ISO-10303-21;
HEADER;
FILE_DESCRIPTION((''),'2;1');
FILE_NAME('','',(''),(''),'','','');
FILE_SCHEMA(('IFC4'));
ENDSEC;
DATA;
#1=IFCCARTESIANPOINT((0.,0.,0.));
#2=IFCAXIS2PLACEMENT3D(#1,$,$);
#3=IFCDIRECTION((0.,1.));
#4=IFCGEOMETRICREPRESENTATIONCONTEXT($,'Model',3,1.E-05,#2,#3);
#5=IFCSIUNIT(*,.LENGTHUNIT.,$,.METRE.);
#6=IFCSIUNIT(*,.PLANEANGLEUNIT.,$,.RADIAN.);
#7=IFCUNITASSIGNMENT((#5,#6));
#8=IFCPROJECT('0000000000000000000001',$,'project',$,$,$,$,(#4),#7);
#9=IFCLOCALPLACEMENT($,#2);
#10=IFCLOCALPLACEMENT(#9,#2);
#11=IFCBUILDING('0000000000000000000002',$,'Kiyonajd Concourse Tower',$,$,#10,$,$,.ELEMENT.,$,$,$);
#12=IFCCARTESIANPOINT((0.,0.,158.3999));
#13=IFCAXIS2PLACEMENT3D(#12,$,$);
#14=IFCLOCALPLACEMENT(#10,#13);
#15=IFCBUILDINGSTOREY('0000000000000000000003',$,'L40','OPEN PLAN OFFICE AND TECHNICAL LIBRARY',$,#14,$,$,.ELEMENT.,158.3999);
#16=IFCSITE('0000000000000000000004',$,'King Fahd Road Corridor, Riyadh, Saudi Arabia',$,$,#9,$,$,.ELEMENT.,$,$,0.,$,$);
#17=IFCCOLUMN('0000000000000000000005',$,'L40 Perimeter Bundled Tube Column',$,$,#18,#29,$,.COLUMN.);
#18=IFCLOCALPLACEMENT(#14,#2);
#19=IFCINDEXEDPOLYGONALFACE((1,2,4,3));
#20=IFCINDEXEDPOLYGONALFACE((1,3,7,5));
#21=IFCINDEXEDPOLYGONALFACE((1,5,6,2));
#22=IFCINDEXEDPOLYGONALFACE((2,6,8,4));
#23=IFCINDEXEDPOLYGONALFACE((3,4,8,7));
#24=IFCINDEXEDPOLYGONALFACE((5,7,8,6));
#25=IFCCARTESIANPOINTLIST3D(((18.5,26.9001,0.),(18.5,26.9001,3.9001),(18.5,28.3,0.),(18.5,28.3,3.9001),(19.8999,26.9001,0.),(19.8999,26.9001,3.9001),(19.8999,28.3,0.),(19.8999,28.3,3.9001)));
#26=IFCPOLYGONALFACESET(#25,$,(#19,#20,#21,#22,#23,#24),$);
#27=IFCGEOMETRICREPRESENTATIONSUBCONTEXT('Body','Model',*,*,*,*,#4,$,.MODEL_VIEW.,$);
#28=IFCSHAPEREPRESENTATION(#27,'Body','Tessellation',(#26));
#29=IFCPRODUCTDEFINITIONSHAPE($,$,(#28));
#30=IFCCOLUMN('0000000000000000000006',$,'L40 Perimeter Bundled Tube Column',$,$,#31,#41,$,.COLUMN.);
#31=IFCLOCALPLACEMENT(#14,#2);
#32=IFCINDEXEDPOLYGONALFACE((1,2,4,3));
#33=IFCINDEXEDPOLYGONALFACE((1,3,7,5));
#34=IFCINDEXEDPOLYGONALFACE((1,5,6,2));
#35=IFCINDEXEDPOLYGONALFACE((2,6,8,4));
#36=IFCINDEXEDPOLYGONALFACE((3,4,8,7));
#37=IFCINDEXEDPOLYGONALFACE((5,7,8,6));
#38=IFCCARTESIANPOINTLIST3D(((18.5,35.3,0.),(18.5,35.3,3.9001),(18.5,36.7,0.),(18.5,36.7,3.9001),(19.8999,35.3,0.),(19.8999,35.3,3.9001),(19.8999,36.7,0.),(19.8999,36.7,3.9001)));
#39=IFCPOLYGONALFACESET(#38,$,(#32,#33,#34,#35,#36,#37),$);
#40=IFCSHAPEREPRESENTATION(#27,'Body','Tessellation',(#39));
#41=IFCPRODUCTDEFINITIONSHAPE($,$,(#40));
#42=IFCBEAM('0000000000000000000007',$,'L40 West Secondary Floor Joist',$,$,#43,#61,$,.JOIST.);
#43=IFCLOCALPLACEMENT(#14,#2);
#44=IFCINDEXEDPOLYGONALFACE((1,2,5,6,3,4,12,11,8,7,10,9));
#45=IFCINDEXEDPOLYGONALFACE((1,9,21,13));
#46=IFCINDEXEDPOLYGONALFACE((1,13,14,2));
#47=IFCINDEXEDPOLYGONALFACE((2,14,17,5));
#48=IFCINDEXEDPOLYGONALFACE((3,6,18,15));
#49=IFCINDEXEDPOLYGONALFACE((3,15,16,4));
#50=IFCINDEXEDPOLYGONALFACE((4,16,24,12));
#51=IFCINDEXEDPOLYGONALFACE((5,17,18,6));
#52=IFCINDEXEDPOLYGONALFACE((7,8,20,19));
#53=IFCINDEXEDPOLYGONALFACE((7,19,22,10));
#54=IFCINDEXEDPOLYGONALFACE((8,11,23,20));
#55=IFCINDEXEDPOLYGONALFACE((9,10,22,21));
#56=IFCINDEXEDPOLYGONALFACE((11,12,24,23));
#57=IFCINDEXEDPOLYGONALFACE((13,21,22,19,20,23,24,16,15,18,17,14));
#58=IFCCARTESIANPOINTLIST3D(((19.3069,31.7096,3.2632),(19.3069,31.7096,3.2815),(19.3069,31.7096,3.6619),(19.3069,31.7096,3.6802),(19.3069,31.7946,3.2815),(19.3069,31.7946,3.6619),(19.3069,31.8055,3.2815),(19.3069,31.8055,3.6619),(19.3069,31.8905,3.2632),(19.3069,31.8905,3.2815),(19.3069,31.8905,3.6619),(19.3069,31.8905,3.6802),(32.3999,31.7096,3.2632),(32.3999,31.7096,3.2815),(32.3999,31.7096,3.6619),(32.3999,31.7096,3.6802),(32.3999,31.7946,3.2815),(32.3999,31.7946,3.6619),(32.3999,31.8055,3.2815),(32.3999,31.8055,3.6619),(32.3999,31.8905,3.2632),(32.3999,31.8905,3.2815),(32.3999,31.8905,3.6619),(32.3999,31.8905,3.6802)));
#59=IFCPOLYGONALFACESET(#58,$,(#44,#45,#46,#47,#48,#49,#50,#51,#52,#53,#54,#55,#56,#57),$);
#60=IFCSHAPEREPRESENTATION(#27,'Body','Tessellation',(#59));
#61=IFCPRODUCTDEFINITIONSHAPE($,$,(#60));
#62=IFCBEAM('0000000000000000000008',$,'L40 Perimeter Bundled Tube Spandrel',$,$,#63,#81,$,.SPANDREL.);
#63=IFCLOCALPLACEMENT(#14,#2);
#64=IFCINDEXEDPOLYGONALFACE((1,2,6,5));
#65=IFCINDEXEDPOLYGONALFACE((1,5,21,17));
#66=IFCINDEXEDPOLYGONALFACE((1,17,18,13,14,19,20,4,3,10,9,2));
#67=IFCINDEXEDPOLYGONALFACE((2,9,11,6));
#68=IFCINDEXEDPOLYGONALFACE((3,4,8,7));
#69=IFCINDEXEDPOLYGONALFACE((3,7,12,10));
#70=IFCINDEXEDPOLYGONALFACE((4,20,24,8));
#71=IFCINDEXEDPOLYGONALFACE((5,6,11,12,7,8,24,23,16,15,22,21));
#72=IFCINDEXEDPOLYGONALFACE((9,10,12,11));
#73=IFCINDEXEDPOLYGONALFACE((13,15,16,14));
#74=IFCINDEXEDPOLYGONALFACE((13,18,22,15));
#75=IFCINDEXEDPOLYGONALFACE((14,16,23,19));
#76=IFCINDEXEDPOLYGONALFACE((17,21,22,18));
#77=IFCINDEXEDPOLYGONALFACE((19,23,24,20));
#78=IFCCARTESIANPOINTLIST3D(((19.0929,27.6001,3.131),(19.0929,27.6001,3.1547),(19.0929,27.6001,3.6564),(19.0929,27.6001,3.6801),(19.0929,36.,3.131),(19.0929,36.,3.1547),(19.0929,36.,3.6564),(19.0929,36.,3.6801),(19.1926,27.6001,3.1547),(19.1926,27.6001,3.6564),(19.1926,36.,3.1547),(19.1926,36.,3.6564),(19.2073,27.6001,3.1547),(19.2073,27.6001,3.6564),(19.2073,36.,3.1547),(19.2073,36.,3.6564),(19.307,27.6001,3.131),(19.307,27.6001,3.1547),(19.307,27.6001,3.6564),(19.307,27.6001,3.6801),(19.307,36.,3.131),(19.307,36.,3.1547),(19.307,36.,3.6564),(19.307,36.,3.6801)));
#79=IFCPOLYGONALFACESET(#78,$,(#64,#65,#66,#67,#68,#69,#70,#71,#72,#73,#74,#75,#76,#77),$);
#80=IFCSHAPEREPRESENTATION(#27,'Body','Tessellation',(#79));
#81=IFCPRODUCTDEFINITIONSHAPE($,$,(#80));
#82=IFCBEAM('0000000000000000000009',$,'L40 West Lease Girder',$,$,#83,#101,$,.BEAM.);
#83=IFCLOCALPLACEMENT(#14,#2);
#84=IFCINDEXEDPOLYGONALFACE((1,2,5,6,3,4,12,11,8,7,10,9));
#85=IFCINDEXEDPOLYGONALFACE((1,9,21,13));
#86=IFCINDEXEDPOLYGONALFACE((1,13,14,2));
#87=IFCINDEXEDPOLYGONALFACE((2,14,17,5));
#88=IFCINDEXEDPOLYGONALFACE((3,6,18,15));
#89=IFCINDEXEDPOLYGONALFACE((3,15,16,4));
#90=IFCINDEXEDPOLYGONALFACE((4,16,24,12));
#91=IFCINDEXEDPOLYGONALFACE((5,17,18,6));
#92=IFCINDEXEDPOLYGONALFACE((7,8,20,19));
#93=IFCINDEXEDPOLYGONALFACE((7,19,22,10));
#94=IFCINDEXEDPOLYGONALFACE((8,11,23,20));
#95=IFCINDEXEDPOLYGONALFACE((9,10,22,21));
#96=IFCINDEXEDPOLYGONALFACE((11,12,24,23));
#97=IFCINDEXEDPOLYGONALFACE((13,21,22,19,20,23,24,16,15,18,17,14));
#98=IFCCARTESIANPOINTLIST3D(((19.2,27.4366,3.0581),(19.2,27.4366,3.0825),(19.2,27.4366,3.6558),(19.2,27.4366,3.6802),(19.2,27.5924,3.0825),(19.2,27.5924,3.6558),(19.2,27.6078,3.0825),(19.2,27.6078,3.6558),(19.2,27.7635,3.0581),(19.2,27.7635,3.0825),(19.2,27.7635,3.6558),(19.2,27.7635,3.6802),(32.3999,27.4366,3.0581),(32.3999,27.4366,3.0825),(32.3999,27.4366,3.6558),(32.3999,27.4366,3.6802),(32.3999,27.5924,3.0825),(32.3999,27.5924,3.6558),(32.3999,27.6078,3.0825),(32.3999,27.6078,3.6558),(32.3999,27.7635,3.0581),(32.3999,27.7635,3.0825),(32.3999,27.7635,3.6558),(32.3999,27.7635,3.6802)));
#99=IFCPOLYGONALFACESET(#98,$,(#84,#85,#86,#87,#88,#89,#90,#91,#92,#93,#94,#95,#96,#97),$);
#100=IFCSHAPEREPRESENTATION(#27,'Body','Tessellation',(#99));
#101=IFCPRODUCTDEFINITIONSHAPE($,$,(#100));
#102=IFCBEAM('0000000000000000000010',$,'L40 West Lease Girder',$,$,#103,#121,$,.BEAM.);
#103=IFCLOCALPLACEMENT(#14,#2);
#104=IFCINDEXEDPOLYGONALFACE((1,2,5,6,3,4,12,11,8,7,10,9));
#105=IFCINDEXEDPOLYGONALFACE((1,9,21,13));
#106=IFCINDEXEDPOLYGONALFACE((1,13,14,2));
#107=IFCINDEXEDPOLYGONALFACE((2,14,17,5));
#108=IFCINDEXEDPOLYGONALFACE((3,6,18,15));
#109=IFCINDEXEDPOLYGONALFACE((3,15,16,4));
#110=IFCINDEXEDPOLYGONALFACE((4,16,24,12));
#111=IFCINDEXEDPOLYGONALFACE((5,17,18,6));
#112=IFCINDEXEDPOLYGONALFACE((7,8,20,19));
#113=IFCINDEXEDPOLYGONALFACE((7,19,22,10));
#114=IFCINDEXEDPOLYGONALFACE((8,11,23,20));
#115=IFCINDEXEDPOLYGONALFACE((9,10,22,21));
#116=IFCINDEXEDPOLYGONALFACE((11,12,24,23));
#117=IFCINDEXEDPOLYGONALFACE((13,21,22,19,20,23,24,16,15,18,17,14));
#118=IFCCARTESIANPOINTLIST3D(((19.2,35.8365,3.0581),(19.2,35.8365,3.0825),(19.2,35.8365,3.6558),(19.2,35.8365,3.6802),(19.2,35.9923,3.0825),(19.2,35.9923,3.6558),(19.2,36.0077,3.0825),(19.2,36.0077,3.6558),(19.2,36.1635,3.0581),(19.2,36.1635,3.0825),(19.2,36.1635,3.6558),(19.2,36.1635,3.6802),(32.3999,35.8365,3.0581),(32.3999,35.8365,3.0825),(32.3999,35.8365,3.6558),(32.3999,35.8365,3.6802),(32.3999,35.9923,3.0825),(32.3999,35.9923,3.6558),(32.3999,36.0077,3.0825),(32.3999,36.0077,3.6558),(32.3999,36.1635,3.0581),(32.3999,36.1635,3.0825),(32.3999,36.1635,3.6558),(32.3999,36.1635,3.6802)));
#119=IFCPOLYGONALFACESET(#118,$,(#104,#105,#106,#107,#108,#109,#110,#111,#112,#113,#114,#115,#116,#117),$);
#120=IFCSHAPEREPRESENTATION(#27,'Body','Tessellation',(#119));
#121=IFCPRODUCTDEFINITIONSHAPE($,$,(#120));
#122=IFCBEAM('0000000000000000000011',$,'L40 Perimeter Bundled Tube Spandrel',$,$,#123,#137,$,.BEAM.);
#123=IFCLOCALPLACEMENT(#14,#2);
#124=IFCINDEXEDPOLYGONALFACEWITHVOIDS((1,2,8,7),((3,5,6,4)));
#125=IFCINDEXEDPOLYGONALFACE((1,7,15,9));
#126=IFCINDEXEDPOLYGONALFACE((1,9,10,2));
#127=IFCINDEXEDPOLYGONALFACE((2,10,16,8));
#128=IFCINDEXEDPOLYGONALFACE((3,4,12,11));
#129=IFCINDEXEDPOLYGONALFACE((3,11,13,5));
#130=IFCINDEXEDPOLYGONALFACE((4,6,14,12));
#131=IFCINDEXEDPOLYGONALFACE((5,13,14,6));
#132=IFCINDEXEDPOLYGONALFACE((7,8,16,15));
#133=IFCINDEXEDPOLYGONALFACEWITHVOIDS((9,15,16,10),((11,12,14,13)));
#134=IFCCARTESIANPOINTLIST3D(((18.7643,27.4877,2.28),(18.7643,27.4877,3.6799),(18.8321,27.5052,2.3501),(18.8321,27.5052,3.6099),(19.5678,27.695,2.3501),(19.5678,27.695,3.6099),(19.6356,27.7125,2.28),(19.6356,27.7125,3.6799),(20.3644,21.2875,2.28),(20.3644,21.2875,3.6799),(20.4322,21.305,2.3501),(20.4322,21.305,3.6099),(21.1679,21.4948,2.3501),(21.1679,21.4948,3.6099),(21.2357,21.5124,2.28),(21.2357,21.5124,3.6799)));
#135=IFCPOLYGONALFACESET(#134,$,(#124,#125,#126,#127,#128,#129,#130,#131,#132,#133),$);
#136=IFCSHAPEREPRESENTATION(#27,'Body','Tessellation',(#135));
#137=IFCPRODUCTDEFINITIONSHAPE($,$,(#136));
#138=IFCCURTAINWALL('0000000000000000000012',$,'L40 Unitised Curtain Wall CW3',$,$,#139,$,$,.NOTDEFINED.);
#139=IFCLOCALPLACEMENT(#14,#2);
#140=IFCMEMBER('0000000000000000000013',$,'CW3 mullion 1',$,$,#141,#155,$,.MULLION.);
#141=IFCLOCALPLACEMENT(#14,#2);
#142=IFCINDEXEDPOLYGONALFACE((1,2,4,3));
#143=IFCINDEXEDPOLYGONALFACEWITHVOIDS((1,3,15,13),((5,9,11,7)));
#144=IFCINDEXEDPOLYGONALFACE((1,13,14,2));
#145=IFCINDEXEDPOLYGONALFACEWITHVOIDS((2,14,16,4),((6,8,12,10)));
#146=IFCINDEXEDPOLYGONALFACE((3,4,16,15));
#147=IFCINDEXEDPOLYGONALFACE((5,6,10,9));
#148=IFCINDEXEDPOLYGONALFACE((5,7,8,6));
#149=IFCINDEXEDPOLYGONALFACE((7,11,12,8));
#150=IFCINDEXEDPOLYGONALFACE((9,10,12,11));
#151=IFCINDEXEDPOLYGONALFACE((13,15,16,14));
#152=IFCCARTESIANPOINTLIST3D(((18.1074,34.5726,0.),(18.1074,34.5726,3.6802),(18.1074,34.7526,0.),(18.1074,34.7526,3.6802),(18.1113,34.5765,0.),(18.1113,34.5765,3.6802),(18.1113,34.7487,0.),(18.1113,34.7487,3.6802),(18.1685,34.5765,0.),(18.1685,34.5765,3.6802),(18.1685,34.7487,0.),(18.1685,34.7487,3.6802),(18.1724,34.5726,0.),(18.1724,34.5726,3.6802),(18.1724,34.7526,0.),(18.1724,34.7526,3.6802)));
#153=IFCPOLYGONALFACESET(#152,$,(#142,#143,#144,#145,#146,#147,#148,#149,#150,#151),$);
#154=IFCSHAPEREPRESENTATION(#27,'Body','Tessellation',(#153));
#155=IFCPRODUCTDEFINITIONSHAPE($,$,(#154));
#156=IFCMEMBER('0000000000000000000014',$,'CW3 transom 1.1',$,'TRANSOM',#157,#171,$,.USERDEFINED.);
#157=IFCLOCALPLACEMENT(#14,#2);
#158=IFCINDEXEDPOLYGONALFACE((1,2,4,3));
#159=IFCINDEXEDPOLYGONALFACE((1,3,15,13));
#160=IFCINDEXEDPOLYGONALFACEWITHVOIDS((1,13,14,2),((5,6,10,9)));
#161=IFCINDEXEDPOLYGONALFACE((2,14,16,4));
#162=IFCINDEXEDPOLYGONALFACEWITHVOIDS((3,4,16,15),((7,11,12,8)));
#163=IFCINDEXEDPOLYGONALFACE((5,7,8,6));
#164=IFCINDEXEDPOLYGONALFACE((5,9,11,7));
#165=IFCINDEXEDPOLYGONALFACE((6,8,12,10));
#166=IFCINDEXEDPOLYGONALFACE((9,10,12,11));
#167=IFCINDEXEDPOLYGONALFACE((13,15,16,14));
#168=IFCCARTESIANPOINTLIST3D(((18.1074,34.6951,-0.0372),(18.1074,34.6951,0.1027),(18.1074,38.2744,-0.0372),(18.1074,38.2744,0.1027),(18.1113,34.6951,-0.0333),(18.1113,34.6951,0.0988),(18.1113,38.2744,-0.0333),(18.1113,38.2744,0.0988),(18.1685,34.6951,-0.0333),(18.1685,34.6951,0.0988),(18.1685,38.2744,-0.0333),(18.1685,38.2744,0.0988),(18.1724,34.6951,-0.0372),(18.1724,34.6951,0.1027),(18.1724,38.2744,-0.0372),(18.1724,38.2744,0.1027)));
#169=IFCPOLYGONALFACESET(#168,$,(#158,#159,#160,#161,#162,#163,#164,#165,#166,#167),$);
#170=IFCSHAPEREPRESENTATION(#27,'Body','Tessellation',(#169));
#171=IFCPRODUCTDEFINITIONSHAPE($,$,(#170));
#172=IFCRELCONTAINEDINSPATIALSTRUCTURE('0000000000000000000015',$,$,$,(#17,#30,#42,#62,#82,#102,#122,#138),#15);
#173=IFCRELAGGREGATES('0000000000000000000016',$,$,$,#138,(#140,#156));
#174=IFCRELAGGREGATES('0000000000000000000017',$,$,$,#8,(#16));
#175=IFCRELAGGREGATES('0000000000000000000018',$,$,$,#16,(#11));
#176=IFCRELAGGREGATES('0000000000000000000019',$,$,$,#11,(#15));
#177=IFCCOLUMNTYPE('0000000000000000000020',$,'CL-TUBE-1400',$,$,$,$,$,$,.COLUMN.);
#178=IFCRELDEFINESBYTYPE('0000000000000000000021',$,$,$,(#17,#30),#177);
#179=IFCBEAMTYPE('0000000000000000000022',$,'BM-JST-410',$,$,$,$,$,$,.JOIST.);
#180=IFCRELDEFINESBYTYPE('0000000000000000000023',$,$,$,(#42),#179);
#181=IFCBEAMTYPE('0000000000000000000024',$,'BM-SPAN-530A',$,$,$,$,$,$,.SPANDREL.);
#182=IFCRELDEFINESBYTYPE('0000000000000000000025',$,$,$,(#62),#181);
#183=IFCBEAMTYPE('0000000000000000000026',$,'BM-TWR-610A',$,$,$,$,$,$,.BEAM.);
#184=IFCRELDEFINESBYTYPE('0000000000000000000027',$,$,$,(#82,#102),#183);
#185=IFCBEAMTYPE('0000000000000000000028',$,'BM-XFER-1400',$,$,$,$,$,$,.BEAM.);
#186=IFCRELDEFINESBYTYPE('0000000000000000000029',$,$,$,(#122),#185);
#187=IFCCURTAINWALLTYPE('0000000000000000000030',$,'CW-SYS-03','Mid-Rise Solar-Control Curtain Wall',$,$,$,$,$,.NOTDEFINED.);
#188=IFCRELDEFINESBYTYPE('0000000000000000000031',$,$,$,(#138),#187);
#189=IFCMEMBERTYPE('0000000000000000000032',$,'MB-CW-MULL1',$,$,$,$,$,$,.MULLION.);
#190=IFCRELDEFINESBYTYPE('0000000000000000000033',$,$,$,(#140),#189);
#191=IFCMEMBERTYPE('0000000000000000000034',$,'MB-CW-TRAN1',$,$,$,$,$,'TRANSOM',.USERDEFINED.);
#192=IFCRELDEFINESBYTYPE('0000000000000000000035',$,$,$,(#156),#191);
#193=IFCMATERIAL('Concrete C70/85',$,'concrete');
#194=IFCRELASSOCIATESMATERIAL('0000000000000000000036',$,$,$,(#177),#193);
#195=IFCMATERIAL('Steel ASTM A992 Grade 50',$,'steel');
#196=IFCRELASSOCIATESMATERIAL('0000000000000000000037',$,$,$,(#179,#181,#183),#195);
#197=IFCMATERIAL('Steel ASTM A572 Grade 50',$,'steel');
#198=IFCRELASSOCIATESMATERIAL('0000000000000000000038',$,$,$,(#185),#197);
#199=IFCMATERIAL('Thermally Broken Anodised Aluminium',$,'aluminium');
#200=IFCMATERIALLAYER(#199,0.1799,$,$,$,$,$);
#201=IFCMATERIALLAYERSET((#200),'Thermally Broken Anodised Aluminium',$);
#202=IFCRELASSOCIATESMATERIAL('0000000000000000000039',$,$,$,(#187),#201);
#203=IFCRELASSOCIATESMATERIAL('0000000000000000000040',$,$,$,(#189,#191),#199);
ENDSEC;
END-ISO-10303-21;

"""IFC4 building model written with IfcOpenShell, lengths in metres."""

from ifc_helpers import new_model, si_unit, direction, frame, origin, origin_2d, place, context, subcontext, project, spatial, rectangle, hollow_rectangle, i_section, extrude, material, layer, layer_set, material_profile, profile_set, type_object, element, aggregate, save


model = new_model("IFC4")

# Units and contexts
model_context = context("Model", 3, precision=1e-05, world=origin(), true_north=direction((0.0, 1.0)))
body_context = subcontext(model_context, "Body", "Model", "MODEL_VIEW")
ifc_project = project(units=[si_unit("LENGTHUNIT", "METRE"), si_unit("PLANEANGLEUNIT", "RADIAN")], contexts=[model_context])

# Site, building, storey
site_placement = place(None, origin())
site = spatial("IfcSite", under=ifc_project, at=site_placement, Name="King Fahd Road Corridor, Riyadh, Saudi Arabia", CompositionType="ELEMENT", RefElevation=0.0)
building_placement = place(site_placement, origin())
building = spatial("IfcBuilding", under=site, at=building_placement, Name="Kiyonajd Concourse Tower", CompositionType="ELEMENT")
storey_placement = place(building_placement, frame((0.0, 0.0, 158.3999)))
storey = spatial("IfcBuildingStorey", under=building, at=storey_placement, Name="L40", Description="OPEN PLAN OFFICE AND TECHNICAL LIBRARY", CompositionType="ELEMENT", Elevation=158.3999)

# Columns
ifc_material_1 = material(Name="Concrete C70/85", Category="concrete")
ifc_material_profile_1 = material_profile(ifc_material_1, rectangle(XDim=1.3999, YDim=1.3999, at=origin_2d()), Name="RC-1400x1400")
ifc_profile_set_1 = profile_set([ifc_material_profile_1], Name="Concrete C70/85")
column_type = type_object("IfcColumnType", Name="CL-TUBE-1400", PredefinedType="COLUMN", material=ifc_profile_set_1)
for number, where, z_axis, x_axis, name in (
    (1, (19.2, 27.6001, 0.0), (0.0, 0.0, 1.0), (1.0, 0.0, 0.0), "L40 Perimeter Bundled Tube Column"),
    (2, (19.2, 36.0, 0.0), (0.0, 0.0, 1.0), (1.0, 0.0, 0.0), "L40 Perimeter Bundled Tube Column"),
):
    element("IfcColumn", number, at=place(storey_placement, frame(where, z_axis=z_axis, x_axis=x_axis)), inside=storey, type_object=column_type, Name=name, PredefinedType="COLUMN", context=body_context, shape_type="SweptSolid", body=[
        extrude(rectangle(XDim=1.3999, YDim=1.3999, at=origin_2d()), origin(), (0.0, 0.0, 1.0), 3.9001),
    ])

# Beams
ifc_material_2 = material(Name="Steel ASTM A992 Grade 50", Category="steel")
ifc_material_profile_2 = material_profile(ifc_material_2, i_section(OverallWidth=0.1809, OverallDepth=0.417, WebThickness=0.011, FlangeThickness=0.0183, at=origin_2d()), Name="W410X85")
ifc_profile_set_2 = profile_set([ifc_material_profile_2], Name="Steel ASTM A992 Grade 50")
beam_type_1 = type_object("IfcBeamType", Name="BM-JST-410", PredefinedType="JOIST", material=ifc_profile_set_2)
beam_1_placement = place(storey_placement, frame((19.3069, 31.8, 3.4717), z_axis=(1.0, 0.0, 0.0), x_axis=(0.0, 1.0, 0.0)))
element("IfcBeam", 3, at=beam_1_placement, inside=storey, type_object=beam_type_1, Name="L40 West Secondary Floor Joist", PredefinedType="JOIST", context=body_context, shape_type="SweptSolid", body=[
    extrude(i_section(OverallWidth=0.1809, OverallDepth=0.417, WebThickness=0.011, FlangeThickness=0.0183, at=origin_2d()), origin(), (0.0, 0.0, 1.0), 13.093),
])
ifc_material_profile_3 = material_profile(ifc_material_2, i_section(OverallWidth=0.2141, OverallDepth=0.5491, WebThickness=0.0146, FlangeThickness=0.0237, at=origin_2d()), Name="W530X138")
ifc_profile_set_3 = profile_set([ifc_material_profile_3], Name="Steel ASTM A992 Grade 50")
beam_type_2 = type_object("IfcBeamType", Name="BM-SPAN-530A", PredefinedType="SPANDREL", material=ifc_profile_set_3)
beam_2_placement = place(storey_placement, frame((19.2, 36.0, 3.4055), z_axis=(0.0, -1.0, 0.0), x_axis=(1.0, 0.0, 0.0)))
element("IfcBeam", 4, at=beam_2_placement, inside=storey, type_object=beam_type_2, Name="L40 Perimeter Bundled Tube Spandrel", PredefinedType="SPANDREL", context=body_context, shape_type="SweptSolid", body=[
    extrude(i_section(OverallWidth=0.2141, OverallDepth=0.5491, WebThickness=0.0146, FlangeThickness=0.0237, at=origin_2d()), origin(), (0.0, 0.0, 1.0), 8.3999),
])
ifc_material_profile_4 = material_profile(ifc_material_2, i_section(OverallWidth=0.3269, OverallDepth=0.6221, WebThickness=0.0154, FlangeThickness=0.0244, at=origin_2d()), Name="W610X195")
ifc_profile_set_4 = profile_set([ifc_material_profile_4], Name="Steel ASTM A992 Grade 50")
beam_type_3 = type_object("IfcBeamType", Name="BM-TWR-610A", PredefinedType="BEAM", material=ifc_profile_set_4)
for number, where, z_axis, x_axis, name in (
    (5, (19.2, 27.6001, 3.3691), (1.0, 0.0, 0.0), (0.0, 1.0, 0.0), "L40 West Lease Girder"),
    (6, (19.2, 36.0, 3.3691), (1.0, 0.0, 0.0), (0.0, 1.0, 0.0), "L40 West Lease Girder"),
):
    element("IfcBeam", number, at=place(storey_placement, frame(where, z_axis=z_axis, x_axis=x_axis)), inside=storey, type_object=beam_type_3, Name=name, PredefinedType="BEAM", context=body_context, shape_type="SweptSolid", body=[
        extrude(i_section(OverallWidth=0.3269, OverallDepth=0.6221, WebThickness=0.0154, FlangeThickness=0.0244, at=origin_2d()), origin(), (0.0, 0.0, 1.0), 13.2),
    ])
ifc_material_3 = material(Name="Steel ASTM A572 Grade 50", Category="steel")
ifc_material_profile_5 = material_profile(ifc_material_3, hollow_rectangle(XDim=0.8999, YDim=1.3999, WallThickness=0.0701, at=origin_2d()), Name="BOX-1400x900x70")
ifc_profile_set_5 = profile_set([ifc_material_profile_5], Name="Steel ASTM A572 Grade 50")
beam_type_4 = type_object("IfcBeamType", Name="BM-XFER-1400", PredefinedType="BEAM", material=ifc_profile_set_5)
beam_3_placement = place(storey_placement, frame((19.2, 27.6001, 2.98), z_axis=(0.249885, -0.968276, 0.0), x_axis=(0.968276, 0.249885, 0.0)))
element("IfcBeam", 7, at=beam_3_placement, inside=storey, type_object=beam_type_4, Name="L40 Perimeter Bundled Tube Spandrel", PredefinedType="BEAM", context=body_context, shape_type="SweptSolid", body=[
    extrude(hollow_rectangle(XDim=0.8999, YDim=1.3999, WallThickness=0.0701, at=origin_2d()), origin(), (0.0, 0.0, 1.0), 6.4033),
])

# Curtain wall, members
ifc_material_4 = material(Name="Thermally Broken Anodised Aluminium", Category="aluminium")
ifc_layer_1 = layer(ifc_material_4, 0.1799)
ifc_layer_set_1 = layer_set([ifc_layer_1], Name="Thermally Broken Anodised Aluminium")
curtain_wall_type = type_object("IfcCurtainWallType", Name="CW-SYS-03", Description="Mid-Rise Solar-Control Curtain Wall", PredefinedType="NOTDEFINED", material=ifc_layer_set_1)
curtain_wall_placement = place(storey_placement, origin())
curtain_wall = element("IfcCurtainWall", 8, at=curtain_wall_placement, inside=storey, type_object=curtain_wall_type, Name="L40 Unitised Curtain Wall CW3", PredefinedType="NOTDEFINED")
ifc_material_profile_6 = material_profile(ifc_material_4, hollow_rectangle(XDim=0.0649, YDim=0.1799, WallThickness=0.0039, at=origin_2d()), Name="MULL-65x180")
ifc_profile_set_6 = profile_set([ifc_material_profile_6], Name="Thermally Broken Anodised Aluminium")
member_type_1 = type_object("IfcMemberType", Name="MB-CW-MULL1", PredefinedType="MULLION", material=ifc_profile_set_6)
member_1_placement = place(storey_placement, frame((18.1399, 34.6626, 0.0), z_axis=(0.0, 0.0, 1.0), x_axis=(-1.0, 0.0, 0.0)))
member_1 = element("IfcMember", 9, at=member_1_placement, type_object=member_type_1, Name="CW3 mullion 1", PredefinedType="MULLION", context=body_context, shape_type="SweptSolid", body=[
    extrude(hollow_rectangle(XDim=0.0649, YDim=0.1799, WallThickness=0.0039, at=origin_2d()), origin(), (0.0, 0.0, 1.0), 3.6802),
])
ifc_material_profile_7 = material_profile(ifc_material_4, hollow_rectangle(XDim=0.0649, YDim=0.1399, WallThickness=0.0039, at=origin_2d()), Name="TRAN-65x140")
ifc_profile_set_7 = profile_set([ifc_material_profile_7], Name="Thermally Broken Anodised Aluminium")
member_type_2 = type_object("IfcMemberType", Name="MB-CW-TRAN1", ElementType="TRANSOM", PredefinedType="USERDEFINED", material=ifc_profile_set_7)
member_2_placement = place(storey_placement, frame((18.1399, 34.6951, 0.0327), z_axis=(0.0, 1.0, 0.0), x_axis=(-1.0, 0.0, 0.0)))
member_2 = element("IfcMember", 10, at=member_2_placement, type_object=member_type_2, Name="CW3 transom 1.1", ObjectType="TRANSOM", PredefinedType="USERDEFINED", context=body_context, shape_type="SweptSolid", body=[
    extrude(hollow_rectangle(XDim=0.0649, YDim=0.1399, WallThickness=0.0039, at=origin_2d()), origin(), (0.0, 0.0, 1.0), 3.5793),
])

aggregate(curtain_wall, [member_1, member_2])

save(model, "model.ifc")
